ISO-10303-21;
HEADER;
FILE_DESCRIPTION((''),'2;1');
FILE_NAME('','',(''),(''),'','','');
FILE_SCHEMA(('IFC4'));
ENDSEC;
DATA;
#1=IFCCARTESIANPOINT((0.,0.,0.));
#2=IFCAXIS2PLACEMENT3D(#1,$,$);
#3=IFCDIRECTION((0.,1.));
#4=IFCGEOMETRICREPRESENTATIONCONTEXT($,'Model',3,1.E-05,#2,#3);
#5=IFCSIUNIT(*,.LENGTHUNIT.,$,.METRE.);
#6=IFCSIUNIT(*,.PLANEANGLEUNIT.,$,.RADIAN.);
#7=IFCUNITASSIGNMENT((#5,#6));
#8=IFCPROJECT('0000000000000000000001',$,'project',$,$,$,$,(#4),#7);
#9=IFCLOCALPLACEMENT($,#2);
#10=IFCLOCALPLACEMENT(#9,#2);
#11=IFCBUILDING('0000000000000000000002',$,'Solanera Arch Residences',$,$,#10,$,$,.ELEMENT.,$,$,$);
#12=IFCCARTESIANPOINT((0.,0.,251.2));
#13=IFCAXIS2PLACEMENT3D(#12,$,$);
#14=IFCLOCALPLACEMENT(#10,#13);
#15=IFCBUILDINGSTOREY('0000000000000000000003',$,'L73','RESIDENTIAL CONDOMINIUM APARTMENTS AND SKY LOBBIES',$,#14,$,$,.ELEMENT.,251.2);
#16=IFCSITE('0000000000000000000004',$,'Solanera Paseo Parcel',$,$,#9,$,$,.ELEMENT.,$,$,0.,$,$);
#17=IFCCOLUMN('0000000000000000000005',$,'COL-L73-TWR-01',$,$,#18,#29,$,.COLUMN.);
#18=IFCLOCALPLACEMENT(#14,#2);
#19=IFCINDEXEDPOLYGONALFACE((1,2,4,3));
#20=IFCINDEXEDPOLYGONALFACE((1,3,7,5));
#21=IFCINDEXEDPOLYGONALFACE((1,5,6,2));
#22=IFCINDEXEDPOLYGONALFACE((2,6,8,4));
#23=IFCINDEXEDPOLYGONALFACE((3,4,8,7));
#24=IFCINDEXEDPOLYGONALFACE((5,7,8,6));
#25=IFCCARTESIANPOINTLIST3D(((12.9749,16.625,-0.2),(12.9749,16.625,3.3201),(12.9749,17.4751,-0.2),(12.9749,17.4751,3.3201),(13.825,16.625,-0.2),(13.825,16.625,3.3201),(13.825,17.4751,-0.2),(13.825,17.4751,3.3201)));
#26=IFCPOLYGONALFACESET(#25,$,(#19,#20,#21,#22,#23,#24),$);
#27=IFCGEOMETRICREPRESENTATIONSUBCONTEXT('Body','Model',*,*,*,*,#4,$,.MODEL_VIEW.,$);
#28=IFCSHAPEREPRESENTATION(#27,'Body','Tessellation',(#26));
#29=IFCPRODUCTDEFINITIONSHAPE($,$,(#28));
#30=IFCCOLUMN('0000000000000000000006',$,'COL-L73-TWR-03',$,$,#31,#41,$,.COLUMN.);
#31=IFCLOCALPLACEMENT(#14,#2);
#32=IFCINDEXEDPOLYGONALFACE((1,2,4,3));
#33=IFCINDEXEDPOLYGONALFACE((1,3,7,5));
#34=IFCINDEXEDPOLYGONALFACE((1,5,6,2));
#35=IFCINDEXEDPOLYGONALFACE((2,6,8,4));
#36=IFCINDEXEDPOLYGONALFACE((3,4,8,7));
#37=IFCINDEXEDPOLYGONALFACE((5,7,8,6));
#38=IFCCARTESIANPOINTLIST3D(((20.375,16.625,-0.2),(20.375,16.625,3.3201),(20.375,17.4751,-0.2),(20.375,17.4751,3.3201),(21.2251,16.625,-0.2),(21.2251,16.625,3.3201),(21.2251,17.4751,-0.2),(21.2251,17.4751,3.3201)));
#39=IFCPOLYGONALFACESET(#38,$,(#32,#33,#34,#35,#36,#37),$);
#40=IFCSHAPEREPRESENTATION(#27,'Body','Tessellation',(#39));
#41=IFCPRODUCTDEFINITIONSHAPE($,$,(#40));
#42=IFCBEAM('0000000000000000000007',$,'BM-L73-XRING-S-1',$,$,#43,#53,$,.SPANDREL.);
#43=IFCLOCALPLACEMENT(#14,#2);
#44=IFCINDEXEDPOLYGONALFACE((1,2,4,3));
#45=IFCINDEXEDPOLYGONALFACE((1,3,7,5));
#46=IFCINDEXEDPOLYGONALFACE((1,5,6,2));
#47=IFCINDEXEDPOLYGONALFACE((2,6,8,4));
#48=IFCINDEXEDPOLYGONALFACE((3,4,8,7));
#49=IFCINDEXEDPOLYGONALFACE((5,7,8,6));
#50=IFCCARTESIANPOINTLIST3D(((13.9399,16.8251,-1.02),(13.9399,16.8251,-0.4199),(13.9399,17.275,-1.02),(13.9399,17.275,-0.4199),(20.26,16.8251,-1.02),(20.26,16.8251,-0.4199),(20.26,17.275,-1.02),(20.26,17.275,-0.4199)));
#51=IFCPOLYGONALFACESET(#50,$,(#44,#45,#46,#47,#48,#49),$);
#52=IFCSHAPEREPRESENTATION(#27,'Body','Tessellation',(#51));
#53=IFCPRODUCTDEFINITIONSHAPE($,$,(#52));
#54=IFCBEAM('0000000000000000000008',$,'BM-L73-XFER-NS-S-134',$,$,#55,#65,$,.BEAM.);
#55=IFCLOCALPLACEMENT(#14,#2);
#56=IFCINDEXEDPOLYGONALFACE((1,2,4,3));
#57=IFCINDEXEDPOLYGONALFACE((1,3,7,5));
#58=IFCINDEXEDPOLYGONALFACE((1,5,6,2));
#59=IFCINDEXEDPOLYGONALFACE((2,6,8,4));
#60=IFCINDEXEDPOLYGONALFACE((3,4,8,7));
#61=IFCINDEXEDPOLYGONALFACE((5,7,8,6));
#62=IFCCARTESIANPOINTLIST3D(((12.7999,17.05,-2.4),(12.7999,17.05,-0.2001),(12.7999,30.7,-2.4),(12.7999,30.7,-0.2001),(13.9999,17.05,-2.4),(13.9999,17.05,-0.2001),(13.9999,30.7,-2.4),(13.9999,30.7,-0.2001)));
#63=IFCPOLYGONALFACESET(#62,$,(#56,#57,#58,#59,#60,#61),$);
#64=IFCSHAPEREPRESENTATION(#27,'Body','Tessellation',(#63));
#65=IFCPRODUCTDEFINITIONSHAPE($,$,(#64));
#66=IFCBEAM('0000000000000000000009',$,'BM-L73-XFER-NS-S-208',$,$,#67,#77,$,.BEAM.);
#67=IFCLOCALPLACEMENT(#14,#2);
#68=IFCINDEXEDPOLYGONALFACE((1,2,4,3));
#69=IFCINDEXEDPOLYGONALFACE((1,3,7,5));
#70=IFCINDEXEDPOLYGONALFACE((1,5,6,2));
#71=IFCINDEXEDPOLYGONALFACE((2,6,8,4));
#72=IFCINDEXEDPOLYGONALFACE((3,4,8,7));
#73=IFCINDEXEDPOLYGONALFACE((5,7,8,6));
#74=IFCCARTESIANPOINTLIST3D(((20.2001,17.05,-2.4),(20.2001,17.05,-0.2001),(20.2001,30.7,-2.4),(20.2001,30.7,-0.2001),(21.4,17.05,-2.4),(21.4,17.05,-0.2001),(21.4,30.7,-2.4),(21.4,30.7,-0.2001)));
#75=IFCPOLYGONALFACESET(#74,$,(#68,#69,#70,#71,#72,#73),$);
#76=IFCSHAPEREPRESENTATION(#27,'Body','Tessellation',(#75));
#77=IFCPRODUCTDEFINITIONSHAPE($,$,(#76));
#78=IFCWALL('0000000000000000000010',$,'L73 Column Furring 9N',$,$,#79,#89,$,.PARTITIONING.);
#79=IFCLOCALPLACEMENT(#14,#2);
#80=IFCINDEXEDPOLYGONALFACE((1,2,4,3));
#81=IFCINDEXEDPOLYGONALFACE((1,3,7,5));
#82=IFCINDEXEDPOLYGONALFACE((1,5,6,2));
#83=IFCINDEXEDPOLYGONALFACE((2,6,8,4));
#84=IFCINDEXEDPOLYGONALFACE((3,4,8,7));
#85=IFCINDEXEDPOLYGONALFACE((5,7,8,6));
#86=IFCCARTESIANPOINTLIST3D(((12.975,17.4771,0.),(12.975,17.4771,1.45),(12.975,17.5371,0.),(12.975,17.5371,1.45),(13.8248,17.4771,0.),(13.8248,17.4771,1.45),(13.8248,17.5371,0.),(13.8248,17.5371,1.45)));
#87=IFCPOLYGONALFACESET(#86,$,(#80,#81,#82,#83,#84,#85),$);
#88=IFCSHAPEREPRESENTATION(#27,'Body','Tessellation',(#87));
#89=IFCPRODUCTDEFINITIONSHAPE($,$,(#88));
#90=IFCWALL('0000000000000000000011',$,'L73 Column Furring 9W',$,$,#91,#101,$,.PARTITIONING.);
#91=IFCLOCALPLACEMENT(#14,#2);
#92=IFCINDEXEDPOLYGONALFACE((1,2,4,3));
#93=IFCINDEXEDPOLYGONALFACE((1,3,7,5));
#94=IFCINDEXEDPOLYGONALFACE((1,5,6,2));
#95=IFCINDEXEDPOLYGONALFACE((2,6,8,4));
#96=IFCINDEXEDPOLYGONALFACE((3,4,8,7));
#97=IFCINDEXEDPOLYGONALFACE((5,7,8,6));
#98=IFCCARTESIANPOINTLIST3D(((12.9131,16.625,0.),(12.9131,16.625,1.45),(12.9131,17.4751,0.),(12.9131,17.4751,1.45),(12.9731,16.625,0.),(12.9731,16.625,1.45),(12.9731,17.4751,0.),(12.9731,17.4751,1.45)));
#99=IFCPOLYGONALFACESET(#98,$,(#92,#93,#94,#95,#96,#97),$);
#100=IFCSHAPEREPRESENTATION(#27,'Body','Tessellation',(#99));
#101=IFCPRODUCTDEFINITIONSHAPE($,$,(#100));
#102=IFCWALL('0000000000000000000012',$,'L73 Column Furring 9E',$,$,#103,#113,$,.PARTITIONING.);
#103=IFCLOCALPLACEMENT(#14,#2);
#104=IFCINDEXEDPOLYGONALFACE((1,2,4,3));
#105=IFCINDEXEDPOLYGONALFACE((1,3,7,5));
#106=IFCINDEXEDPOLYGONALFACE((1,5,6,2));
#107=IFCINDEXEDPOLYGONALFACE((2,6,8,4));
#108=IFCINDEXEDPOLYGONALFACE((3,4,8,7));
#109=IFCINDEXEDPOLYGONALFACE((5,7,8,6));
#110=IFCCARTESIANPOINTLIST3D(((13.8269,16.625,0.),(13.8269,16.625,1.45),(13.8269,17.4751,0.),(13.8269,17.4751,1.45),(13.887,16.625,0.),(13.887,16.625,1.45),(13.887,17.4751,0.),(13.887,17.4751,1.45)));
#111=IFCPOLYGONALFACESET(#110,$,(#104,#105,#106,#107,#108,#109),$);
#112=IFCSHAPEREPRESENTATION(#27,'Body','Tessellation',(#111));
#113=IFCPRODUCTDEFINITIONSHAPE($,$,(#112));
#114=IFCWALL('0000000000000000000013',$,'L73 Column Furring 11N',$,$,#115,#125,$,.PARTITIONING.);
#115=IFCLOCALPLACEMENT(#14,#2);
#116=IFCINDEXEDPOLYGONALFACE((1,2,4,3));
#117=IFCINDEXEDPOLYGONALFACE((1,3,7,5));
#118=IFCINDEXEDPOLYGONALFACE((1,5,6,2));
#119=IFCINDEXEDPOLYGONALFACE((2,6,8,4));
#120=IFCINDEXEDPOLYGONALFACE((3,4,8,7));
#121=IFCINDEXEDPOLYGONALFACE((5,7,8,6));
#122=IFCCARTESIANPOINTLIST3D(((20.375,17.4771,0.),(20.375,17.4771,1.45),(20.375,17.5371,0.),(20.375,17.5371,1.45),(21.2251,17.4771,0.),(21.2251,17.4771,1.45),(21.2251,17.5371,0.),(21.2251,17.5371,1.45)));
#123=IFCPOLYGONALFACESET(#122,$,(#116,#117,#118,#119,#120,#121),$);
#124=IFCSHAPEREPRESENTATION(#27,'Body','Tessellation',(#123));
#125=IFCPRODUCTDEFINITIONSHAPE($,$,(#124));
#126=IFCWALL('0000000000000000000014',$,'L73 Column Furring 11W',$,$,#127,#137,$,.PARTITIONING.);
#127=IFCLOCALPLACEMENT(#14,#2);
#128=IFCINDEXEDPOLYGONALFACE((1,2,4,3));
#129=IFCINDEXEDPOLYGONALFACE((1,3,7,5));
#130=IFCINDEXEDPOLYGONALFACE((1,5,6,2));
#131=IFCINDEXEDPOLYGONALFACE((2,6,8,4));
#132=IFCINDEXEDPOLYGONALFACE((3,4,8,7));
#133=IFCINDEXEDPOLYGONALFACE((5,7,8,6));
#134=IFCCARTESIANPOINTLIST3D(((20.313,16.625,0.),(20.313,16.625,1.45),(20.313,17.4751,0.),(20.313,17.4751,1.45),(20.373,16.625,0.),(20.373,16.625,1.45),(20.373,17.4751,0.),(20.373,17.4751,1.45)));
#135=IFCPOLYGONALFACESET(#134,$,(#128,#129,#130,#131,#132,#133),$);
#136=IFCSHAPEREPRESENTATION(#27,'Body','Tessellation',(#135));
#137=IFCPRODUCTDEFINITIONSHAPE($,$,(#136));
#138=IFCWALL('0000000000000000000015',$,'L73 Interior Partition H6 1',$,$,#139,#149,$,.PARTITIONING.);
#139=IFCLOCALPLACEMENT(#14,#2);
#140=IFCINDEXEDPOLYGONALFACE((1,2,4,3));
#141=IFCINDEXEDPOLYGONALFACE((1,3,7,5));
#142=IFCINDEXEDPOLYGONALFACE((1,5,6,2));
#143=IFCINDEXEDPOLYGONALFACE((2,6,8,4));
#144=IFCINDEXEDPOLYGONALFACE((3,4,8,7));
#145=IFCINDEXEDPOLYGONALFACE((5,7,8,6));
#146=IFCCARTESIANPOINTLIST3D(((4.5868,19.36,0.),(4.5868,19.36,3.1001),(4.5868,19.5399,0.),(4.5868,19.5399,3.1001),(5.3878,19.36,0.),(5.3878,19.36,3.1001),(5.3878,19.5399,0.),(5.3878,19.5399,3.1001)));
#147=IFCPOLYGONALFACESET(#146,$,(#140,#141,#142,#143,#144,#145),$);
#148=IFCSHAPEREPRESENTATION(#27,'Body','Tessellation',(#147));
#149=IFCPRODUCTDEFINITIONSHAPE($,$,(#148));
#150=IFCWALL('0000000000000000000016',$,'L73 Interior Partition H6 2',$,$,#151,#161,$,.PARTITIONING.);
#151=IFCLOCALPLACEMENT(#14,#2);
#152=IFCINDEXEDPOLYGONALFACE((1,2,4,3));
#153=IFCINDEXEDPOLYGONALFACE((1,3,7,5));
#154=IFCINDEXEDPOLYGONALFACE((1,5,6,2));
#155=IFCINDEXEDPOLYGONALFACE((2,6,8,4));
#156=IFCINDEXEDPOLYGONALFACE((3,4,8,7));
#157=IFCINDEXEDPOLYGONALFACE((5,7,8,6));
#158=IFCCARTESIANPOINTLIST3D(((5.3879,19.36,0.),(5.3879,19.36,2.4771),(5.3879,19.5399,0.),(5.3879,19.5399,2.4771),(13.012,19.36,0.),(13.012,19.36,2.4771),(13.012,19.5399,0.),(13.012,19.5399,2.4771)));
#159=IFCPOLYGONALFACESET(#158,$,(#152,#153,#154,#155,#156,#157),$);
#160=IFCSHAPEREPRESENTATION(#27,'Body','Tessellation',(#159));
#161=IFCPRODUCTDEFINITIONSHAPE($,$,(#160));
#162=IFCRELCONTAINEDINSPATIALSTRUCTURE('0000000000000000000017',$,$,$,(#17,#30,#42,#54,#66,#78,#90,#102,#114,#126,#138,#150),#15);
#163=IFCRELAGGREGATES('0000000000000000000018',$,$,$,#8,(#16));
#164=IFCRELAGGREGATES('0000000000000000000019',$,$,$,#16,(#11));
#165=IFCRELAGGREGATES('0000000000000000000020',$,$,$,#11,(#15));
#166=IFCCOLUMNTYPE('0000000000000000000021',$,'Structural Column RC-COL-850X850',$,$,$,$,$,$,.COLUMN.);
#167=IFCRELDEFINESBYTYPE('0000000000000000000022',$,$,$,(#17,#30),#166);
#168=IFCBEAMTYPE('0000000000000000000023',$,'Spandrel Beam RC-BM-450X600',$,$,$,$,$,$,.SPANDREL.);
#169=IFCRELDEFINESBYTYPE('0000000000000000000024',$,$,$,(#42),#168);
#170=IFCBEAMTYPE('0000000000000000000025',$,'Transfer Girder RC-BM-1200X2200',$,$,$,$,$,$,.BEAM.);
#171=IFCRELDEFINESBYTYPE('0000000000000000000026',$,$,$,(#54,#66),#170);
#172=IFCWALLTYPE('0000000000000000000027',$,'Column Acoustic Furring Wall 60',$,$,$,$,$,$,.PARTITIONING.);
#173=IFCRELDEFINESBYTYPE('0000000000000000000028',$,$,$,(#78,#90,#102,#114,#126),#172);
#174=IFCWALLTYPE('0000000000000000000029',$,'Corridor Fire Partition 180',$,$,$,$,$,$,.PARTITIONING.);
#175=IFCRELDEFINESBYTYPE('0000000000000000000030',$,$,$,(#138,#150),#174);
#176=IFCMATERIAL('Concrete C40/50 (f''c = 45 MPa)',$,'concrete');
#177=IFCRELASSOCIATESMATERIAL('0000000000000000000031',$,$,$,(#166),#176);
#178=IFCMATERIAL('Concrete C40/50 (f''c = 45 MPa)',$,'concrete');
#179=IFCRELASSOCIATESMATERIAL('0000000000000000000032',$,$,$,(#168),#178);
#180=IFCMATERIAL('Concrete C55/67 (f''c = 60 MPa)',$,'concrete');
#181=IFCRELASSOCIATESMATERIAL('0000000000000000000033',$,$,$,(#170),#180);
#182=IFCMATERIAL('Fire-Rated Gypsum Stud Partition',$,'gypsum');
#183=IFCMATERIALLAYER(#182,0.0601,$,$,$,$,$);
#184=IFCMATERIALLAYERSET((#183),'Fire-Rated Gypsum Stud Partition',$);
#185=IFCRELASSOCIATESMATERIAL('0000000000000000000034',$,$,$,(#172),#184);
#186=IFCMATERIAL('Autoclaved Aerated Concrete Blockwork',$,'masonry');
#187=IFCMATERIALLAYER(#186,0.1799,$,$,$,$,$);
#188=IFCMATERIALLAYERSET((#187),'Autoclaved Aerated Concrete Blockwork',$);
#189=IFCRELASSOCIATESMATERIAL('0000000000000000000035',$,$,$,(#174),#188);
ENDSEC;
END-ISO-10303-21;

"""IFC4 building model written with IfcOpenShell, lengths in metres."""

from ifc_helpers import new_model, si_unit, direction, frame, frame_2d, origin, origin_2d, place, context, subcontext, project, spatial, rectangle, extrude, material, layer, layer_set, material_profile, profile_set, type_object, element, save


model = new_model("IFC4")

# Units and contexts
model_context = context("Model", 3, precision=1e-05, world=origin(), true_north=direction((0.0, 1.0)))
body_context = subcontext(model_context, "Body", "Model", "MODEL_VIEW")
ifc_project = project(units=[si_unit("LENGTHUNIT", "METRE"), si_unit("PLANEANGLEUNIT", "RADIAN")], contexts=[model_context])

# Site, building, storey
site_placement = place(None, origin())
site = spatial("IfcSite", under=ifc_project, at=site_placement, Name="Solanera Paseo Parcel", CompositionType="ELEMENT", RefElevation=0.0)
building_placement = place(site_placement, origin())
building = spatial("IfcBuilding", under=site, at=building_placement, Name="Solanera Arch Residences", CompositionType="ELEMENT")
storey_placement = place(building_placement, frame((0.0, 0.0, 251.2)))
storey = spatial("IfcBuildingStorey", under=building, at=storey_placement, Name="L73", Description="RESIDENTIAL CONDOMINIUM APARTMENTS AND SKY LOBBIES", CompositionType="ELEMENT", Elevation=251.2)

# Columns
ifc_material_1 = material(Name="Concrete C40/50 (f'c = 45 MPa)", Category="concrete")
ifc_material_profile_1 = material_profile(ifc_material_1, rectangle(XDim=0.8501, YDim=0.8501, at=origin_2d()))
ifc_profile_set_1 = profile_set([ifc_material_profile_1], Name="Concrete C40/50 (f'c = 45 MPa)")
column_type = type_object("IfcColumnType", Name="Structural Column RC-COL-850X850", PredefinedType="COLUMN", material=ifc_profile_set_1)
for number, where, z_axis, x_axis, name in (
    (1, (13.3999, 17.05, -0.2), (0.0, 0.0, 1.0), (1.0, 0.0, 0.0), "COL-L73-TWR-01"),
    (2, (20.8, 17.05, -0.2), (0.0, 0.0, 1.0), (1.0, 0.0, 0.0), "COL-L73-TWR-03"),
):
    element("IfcColumn", number, at=place(storey_placement, frame(where, z_axis=z_axis, x_axis=x_axis)), inside=storey, type_object=column_type, Name=name, PredefinedType="COLUMN", context=body_context, shape_type="SweptSolid", body=[
        extrude(rectangle(XDim=0.8501, YDim=0.8501, at=origin_2d()), origin(), (0.0, 0.0, 1.0), 3.52),
    ])

# Beams
ifc_material_2 = material(Name="Concrete C40/50 (f'c = 45 MPa)", Category="concrete")
ifc_material_profile_2 = material_profile(ifc_material_2, rectangle(XDim=0.45, YDim=0.6001, at=origin_2d()))
ifc_profile_set_2 = profile_set([ifc_material_profile_2], Name="Concrete C40/50 (f'c = 45 MPa)")
beam_type_1 = type_object("IfcBeamType", Name="Spandrel Beam RC-BM-450X600", PredefinedType="SPANDREL", material=ifc_profile_set_2)
beam_placement = place(storey_placement, frame((13.9399, 17.05, -0.72), z_axis=(1.0, 0.0, 0.0), x_axis=(0.0, 1.0, 0.0)))
element("IfcBeam", 3, at=beam_placement, inside=storey, type_object=beam_type_1, Name="BM-L73-XRING-S-1", PredefinedType="SPANDREL", context=body_context, shape_type="SweptSolid", body=[
    extrude(rectangle(XDim=0.45, YDim=0.6001, at=origin_2d()), origin(), (0.0, 0.0, 1.0), 6.3201),
])
ifc_material_3 = material(Name="Concrete C55/67 (f'c = 60 MPa)", Category="concrete")
ifc_material_profile_3 = material_profile(ifc_material_3, rectangle(XDim=1.2, YDim=2.2, at=origin_2d()))
ifc_profile_set_3 = profile_set([ifc_material_profile_3], Name="Concrete C55/67 (f'c = 60 MPa)")
beam_type_2 = type_object("IfcBeamType", Name="Transfer Girder RC-BM-1200X2200", PredefinedType="BEAM", material=ifc_profile_set_3)
for number, where, z_axis, x_axis, name in (
    (4, (13.3999, 17.05, -1.3), (0.0, 1.0, 0.0), (-1.0, 0.0, 0.0), "BM-L73-XFER-NS-S-134"),
    (5, (20.8, 17.05, -1.3), (0.0, 1.0, 0.0), (-1.0, 0.0, 0.0), "BM-L73-XFER-NS-S-208"),
):
    element("IfcBeam", number, at=place(storey_placement, frame(where, z_axis=z_axis, x_axis=x_axis)), inside=storey, type_object=beam_type_2, Name=name, PredefinedType="BEAM", context=body_context, shape_type="SweptSolid", body=[
        extrude(rectangle(XDim=1.2, YDim=2.2, at=origin_2d()), origin(), (0.0, 0.0, 1.0), 13.6499),
    ])

# Walls
ifc_material_4 = material(Name="Fire-Rated Gypsum Stud Partition", Category="gypsum")
ifc_layer_1 = layer(ifc_material_4, 0.0601)
ifc_layer_set_1 = layer_set([ifc_layer_1], Name="Fire-Rated Gypsum Stud Partition")
wall_type_1 = type_object("IfcWallType", Name="Column Acoustic Furring Wall 60", PredefinedType="PARTITIONING", material=ifc_layer_set_1)
wall_1_placement = place(storey_placement, frame((12.9751, 17.5071, 0.0), z_axis=(0.0, 0.0, 1.0), x_axis=(1.0, 0.0, 0.0)))
element("IfcWall", 6, at=wall_1_placement, inside=storey, type_object=wall_type_1, Name="L73 Column Furring 9N", PredefinedType="PARTITIONING", context=body_context, shape_type="SweptSolid", body=[
    extrude(rectangle(XDim=0.8499, YDim=0.0601, at=frame_2d((0.4248, 0.0))), origin(), (0.0, 0.0, 1.0), 1.45),
])
for number, where, z_axis, x_axis, name in (
    (7, (12.9431, 16.625, 0.0), (0.0, 0.0, 1.0), (0.0, 1.0, 0.0), "L73 Column Furring 9W"),
    (8, (13.8569, 16.625, 0.0), (0.0, 0.0, 1.0), (0.0, 1.0, 0.0), "L73 Column Furring 9E"),
    (9, (20.375, 17.5071, 0.0), (0.0, 0.0, 1.0), (1.0, 0.0, 0.0), "L73 Column Furring 11N"),
    (10, (20.343, 16.625, 0.0), (0.0, 0.0, 1.0), (0.0, 1.0, 0.0), "L73 Column Furring 11W"),
):
    element("IfcWall", number, at=place(storey_placement, frame(where, z_axis=z_axis, x_axis=x_axis)), inside=storey, type_object=wall_type_1, Name=name, PredefinedType="PARTITIONING", context=body_context, shape_type="SweptSolid", body=[
        extrude(rectangle(XDim=0.8501, YDim=0.0601, at=frame_2d((0.425, 0.0))), origin(), (0.0, 0.0, 1.0), 1.45),
    ])
ifc_material_5 = material(Name="Autoclaved Aerated Concrete Blockwork", Category="masonry")
ifc_layer_2 = layer(ifc_material_5, 0.1799)
ifc_layer_set_2 = layer_set([ifc_layer_2], Name="Autoclaved Aerated Concrete Blockwork")
wall_type_2 = type_object("IfcWallType", Name="Corridor Fire Partition 180", PredefinedType="PARTITIONING", material=ifc_layer_set_2)
wall_2_placement = place(storey_placement, frame((4.5869, 19.45, 0.0), z_axis=(0.0, 0.0, 1.0), x_axis=(1.0, 0.0, 0.0)))
element("IfcWall", 11, at=wall_2_placement, inside=storey, type_object=wall_type_2, Name="L73 Interior Partition H6 1", PredefinedType="PARTITIONING", context=body_context, shape_type="SweptSolid", body=[
    extrude(rectangle(XDim=0.801, YDim=0.1799, at=frame_2d((0.4004, 0.0))), origin(), (0.0, 0.0, 1.0), 3.1001),
])
wall_3_placement = place(storey_placement, frame((5.3879, 19.45, 0.0), z_axis=(0.0, 0.0, 1.0), x_axis=(1.0, 0.0, 0.0)))
element("IfcWall", 12, at=wall_3_placement, inside=storey, type_object=wall_type_2, Name="L73 Interior Partition H6 2", PredefinedType="PARTITIONING", context=body_context, shape_type="SweptSolid", body=[
    extrude(rectangle(XDim=7.624, YDim=0.1799, at=frame_2d((3.812, 0.0))), origin(), (0.0, 0.0, 1.0), 2.4771),
])

save(model, "model.ifc")
